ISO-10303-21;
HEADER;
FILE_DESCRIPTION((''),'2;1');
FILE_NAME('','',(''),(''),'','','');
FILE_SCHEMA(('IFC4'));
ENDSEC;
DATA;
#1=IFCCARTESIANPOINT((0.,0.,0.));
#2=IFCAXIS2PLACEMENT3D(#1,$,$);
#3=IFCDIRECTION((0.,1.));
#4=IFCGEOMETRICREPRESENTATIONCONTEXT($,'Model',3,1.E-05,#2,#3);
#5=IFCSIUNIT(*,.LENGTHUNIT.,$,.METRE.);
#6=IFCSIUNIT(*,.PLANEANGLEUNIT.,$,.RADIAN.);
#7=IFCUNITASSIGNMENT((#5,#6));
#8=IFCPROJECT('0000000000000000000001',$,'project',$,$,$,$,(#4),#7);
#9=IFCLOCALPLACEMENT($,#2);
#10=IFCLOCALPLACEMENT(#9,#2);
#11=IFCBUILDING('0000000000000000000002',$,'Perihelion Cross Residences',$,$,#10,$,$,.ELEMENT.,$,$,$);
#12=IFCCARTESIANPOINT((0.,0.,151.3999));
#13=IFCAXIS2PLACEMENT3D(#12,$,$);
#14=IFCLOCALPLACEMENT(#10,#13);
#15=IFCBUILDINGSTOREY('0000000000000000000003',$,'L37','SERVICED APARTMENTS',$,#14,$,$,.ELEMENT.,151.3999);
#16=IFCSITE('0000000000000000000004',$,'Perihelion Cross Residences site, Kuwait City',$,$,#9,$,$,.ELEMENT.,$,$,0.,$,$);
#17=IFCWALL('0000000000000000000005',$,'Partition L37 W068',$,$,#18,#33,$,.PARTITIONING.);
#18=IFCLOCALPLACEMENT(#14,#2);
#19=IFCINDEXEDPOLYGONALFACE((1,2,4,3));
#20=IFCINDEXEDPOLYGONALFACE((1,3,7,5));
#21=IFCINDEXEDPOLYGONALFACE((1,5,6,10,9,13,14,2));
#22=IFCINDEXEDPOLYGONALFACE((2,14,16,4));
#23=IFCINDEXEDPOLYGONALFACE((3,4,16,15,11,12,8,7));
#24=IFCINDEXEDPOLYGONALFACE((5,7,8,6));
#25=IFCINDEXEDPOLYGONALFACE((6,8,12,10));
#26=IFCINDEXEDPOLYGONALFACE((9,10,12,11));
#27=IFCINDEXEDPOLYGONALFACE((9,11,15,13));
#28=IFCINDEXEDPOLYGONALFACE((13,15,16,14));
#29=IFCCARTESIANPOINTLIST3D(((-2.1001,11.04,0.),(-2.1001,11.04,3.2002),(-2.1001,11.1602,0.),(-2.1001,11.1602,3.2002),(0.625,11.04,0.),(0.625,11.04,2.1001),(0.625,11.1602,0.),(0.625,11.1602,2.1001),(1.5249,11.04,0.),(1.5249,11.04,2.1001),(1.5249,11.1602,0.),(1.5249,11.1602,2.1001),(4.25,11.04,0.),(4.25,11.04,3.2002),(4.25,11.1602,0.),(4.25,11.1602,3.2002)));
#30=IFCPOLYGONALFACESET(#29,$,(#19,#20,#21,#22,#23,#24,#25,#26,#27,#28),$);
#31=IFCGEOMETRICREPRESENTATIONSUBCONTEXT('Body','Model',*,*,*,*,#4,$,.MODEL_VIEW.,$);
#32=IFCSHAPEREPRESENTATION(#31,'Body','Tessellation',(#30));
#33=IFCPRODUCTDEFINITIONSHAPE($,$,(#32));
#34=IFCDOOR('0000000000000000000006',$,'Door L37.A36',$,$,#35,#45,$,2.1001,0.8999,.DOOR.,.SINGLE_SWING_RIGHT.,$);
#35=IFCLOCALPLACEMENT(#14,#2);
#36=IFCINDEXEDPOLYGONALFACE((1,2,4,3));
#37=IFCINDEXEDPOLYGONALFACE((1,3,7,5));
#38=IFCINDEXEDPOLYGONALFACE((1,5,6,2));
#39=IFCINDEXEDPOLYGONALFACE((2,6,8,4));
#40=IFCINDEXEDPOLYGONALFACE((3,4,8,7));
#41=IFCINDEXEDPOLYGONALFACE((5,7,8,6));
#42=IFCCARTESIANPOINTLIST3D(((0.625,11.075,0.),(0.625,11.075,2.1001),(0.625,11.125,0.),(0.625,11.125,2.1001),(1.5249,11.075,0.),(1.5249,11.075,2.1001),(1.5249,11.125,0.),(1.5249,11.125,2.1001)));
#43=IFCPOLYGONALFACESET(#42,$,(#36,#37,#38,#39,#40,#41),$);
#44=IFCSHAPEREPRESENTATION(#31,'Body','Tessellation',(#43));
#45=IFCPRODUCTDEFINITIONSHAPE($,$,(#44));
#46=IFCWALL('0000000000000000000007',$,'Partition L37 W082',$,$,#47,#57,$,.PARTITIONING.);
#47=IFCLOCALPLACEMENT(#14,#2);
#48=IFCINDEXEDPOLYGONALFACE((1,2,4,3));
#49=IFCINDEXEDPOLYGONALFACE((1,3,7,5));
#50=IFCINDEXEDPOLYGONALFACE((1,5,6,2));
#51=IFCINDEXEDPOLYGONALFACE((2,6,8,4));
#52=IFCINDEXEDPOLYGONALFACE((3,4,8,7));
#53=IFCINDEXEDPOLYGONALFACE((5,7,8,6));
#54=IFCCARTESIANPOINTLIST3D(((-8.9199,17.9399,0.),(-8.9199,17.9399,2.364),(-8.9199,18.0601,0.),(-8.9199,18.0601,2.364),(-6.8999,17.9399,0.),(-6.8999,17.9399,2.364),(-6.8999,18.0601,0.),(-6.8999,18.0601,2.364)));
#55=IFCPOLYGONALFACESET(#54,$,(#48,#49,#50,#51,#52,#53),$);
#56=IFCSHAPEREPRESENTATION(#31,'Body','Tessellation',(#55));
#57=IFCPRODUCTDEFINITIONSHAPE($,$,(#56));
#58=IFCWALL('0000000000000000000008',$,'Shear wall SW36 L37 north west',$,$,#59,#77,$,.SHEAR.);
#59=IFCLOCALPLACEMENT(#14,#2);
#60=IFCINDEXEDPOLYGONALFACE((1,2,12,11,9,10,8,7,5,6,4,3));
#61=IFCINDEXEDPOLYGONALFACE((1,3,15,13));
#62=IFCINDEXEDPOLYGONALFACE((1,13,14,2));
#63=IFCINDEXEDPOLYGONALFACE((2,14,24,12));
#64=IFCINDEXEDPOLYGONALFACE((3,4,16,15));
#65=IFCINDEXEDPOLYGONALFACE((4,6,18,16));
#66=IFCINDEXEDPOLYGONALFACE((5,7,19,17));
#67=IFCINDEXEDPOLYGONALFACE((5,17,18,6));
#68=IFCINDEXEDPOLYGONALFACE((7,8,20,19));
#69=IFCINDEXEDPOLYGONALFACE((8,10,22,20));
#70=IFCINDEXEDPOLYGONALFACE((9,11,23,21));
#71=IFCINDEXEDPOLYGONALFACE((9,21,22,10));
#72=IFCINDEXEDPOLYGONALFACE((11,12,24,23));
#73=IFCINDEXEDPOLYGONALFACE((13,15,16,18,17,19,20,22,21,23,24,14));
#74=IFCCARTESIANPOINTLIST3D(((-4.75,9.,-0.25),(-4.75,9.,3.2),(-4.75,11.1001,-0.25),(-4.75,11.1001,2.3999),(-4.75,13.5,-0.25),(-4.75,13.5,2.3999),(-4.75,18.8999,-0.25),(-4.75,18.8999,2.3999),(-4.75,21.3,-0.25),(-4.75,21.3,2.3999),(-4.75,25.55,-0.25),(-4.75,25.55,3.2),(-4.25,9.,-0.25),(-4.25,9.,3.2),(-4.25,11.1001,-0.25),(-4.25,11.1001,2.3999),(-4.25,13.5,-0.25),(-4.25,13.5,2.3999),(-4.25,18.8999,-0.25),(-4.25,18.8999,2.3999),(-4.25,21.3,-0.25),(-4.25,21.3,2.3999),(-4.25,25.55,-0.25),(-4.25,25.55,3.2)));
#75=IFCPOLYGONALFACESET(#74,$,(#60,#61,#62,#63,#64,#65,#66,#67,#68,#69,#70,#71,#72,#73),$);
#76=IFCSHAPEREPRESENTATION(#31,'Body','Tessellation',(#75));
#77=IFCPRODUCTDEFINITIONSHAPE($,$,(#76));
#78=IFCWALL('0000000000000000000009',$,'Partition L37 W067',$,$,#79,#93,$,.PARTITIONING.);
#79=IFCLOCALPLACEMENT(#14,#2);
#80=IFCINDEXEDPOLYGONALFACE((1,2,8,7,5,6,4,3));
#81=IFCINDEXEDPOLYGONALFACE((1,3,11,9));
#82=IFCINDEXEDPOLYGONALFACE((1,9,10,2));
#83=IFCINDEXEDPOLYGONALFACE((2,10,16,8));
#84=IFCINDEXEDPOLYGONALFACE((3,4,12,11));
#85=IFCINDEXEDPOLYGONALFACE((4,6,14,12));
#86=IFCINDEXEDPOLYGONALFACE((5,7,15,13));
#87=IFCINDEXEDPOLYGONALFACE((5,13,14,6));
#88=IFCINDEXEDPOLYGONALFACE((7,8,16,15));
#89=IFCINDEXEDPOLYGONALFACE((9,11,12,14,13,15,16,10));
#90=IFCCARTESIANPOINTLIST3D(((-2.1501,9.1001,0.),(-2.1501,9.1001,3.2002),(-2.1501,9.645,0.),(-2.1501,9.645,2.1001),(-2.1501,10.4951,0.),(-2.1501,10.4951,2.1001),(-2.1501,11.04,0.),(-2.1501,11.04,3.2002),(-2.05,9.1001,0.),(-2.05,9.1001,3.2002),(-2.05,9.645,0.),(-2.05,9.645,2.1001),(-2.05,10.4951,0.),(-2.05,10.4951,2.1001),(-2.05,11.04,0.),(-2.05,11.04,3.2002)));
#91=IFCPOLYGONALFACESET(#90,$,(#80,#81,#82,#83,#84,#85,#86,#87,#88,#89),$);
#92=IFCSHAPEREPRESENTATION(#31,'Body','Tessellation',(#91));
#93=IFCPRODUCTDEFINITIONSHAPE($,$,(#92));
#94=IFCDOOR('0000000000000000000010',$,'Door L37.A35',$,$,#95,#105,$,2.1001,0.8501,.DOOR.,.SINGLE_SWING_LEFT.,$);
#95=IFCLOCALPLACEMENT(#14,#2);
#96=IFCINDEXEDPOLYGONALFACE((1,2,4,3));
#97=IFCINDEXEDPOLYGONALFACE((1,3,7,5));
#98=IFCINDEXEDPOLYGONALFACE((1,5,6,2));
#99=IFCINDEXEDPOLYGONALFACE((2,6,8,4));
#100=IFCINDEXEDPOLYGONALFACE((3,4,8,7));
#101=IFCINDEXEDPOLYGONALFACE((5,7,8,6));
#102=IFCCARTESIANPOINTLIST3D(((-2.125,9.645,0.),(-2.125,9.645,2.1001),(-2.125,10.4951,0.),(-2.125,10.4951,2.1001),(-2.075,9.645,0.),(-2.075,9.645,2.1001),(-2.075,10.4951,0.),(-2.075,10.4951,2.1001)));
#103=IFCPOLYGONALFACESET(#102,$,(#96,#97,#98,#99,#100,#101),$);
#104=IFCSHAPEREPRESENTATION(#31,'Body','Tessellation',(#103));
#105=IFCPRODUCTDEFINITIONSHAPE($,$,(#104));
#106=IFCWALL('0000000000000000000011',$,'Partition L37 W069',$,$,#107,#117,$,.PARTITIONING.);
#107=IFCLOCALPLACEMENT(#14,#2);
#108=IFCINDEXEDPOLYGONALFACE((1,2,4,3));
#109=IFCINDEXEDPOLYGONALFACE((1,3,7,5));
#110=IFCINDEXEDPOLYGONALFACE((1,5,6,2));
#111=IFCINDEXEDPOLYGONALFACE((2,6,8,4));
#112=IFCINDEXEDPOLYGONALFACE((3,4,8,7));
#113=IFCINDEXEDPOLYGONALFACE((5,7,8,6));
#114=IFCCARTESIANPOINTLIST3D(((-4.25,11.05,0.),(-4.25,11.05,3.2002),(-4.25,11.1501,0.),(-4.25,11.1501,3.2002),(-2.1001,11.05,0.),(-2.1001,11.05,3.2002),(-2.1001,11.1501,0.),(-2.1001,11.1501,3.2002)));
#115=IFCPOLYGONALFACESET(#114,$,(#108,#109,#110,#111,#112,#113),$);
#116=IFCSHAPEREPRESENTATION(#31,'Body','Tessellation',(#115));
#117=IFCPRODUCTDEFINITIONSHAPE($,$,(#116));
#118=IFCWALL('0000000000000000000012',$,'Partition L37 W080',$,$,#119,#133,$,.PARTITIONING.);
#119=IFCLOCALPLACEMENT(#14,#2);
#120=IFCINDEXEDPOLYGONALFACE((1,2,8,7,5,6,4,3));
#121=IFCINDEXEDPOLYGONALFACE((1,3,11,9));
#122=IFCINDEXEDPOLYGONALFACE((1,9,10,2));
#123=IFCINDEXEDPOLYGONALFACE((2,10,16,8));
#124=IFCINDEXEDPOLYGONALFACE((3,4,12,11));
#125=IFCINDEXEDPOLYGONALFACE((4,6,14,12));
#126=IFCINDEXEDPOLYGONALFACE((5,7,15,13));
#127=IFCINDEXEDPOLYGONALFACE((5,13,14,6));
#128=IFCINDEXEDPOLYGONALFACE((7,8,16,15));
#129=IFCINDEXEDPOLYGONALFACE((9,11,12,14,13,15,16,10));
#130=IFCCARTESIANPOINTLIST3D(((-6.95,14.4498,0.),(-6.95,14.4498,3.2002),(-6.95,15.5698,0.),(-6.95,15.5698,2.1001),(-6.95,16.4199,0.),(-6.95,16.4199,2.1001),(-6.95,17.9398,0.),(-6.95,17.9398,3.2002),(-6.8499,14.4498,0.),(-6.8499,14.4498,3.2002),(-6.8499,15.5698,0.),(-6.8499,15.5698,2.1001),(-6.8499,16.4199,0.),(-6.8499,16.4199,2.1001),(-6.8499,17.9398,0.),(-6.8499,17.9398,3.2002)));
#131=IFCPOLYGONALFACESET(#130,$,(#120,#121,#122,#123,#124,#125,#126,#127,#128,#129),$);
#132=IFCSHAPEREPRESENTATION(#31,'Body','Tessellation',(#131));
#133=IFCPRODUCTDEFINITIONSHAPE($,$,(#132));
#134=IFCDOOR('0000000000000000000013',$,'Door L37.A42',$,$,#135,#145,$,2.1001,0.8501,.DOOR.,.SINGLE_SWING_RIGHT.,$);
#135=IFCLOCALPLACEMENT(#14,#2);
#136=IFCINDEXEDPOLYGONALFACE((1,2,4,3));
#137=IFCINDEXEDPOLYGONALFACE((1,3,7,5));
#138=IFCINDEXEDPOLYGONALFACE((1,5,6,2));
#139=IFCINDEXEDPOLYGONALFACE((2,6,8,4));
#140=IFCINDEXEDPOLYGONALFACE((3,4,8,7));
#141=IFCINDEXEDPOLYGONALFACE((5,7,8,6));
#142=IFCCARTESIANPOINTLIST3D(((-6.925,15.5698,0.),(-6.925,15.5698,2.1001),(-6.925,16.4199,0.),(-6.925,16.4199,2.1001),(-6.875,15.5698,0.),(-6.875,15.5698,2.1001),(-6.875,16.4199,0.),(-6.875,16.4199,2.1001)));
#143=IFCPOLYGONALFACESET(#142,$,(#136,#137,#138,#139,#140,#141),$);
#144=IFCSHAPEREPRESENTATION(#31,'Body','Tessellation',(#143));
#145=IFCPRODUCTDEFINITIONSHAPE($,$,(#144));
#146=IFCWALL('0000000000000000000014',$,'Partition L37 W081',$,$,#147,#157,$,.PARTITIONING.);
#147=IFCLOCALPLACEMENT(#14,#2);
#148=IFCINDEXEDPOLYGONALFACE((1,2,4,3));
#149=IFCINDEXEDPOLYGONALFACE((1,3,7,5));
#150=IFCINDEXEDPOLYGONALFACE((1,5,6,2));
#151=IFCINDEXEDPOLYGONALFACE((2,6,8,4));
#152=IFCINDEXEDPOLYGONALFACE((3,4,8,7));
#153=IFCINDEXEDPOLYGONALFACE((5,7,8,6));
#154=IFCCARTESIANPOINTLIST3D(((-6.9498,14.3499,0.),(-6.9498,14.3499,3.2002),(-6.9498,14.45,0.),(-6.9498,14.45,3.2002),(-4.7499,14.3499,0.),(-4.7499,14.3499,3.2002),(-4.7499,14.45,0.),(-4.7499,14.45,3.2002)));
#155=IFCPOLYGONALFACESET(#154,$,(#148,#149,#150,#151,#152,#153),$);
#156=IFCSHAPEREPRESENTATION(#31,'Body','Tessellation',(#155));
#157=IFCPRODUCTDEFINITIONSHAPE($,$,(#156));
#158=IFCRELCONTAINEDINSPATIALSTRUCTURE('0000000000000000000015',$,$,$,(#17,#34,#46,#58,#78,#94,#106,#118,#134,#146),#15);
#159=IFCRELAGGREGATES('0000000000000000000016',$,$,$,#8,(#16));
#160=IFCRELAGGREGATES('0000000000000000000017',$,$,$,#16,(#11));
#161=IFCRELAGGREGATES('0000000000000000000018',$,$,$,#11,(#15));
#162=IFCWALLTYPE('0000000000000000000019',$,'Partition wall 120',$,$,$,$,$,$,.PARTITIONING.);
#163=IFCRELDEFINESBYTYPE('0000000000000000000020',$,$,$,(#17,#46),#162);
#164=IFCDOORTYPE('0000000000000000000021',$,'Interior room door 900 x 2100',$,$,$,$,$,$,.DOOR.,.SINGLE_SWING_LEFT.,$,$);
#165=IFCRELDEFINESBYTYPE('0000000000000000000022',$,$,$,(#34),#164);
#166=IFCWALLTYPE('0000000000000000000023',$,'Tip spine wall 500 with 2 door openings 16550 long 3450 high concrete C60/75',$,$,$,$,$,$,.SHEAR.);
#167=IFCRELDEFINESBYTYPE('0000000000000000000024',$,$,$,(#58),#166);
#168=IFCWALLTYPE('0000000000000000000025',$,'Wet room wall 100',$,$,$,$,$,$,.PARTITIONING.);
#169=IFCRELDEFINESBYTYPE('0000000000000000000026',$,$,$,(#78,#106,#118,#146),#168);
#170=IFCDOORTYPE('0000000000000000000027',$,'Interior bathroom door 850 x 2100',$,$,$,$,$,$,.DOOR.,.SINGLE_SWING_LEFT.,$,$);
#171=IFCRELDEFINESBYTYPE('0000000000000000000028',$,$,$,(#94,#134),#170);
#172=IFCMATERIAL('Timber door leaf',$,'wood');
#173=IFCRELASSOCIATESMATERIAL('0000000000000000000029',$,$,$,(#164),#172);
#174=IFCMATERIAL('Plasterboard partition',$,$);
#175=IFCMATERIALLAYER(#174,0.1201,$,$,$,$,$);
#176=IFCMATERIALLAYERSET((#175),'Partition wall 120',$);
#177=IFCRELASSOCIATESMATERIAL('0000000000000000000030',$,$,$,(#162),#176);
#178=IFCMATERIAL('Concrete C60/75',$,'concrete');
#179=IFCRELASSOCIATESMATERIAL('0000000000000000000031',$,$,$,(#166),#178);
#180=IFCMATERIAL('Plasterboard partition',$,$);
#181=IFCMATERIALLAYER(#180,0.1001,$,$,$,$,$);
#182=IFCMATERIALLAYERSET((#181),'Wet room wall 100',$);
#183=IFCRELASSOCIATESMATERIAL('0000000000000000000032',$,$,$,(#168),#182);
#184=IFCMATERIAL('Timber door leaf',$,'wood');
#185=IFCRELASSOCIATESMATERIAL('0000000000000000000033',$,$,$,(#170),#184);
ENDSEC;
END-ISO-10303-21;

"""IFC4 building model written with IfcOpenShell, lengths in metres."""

from ifc_helpers import new_model, si_unit, direction, frame, frame_2d, origin, place, context, subcontext, project, spatial, polyline, rectangle, outline, extrude, material, layer, layer_set, material_profile, profile_set, type_object, element, fill, save


model = new_model("IFC4")

# Units and contexts
model_context = context("Model", 3, precision=1e-05, world=origin(), true_north=direction((0.0, 1.0)))
body_context = subcontext(model_context, "Body", "Model", "MODEL_VIEW")
ifc_project = project(units=[si_unit("LENGTHUNIT", "METRE"), si_unit("PLANEANGLEUNIT", "RADIAN")], contexts=[model_context])

# Site, building, storey
site_placement = place(None, origin())
site = spatial("IfcSite", under=ifc_project, at=site_placement, Name="Perihelion Cross Residences site, Kuwait City", CompositionType="ELEMENT", RefElevation=0.0)
building_placement = place(site_placement, origin())
building = spatial("IfcBuilding", under=site, at=building_placement, Name="Perihelion Cross Residences", CompositionType="ELEMENT")
storey_placement = place(building_placement, frame((0.0, 0.0, 151.3999)))
storey = spatial("IfcBuildingStorey", under=building, at=storey_placement, Name="L37", Description="SERVICED APARTMENTS", CompositionType="ELEMENT", Elevation=151.3999)

# Shared definitions
ifc_material_1 = material(Name="Timber door leaf", Category="wood")
door_type_1 = type_object("IfcDoorType", Name="Interior room door 900 x 2100", OperationType="SINGLE_SWING_LEFT", PredefinedType="DOOR", material=ifc_material_1)

# Shared definitions
ifc_material_2 = material(Name="Plasterboard partition")
ifc_layer_1 = layer(ifc_material_2, 0.1201)
ifc_layer_set_1 = layer_set([ifc_layer_1], Name="Partition wall 120")
wall_type_1 = type_object("IfcWallType", Name="Partition wall 120", PredefinedType="PARTITIONING", material=ifc_layer_set_1)

# Wall, opening, door
wall_1_placement = place(storey_placement, frame((-2.1001, 11.1001, 0.0), z_axis=(0.0, 0.0, 1.0), x_axis=(1.0, 0.0, 0.0)))
wall_1 = element("IfcWall", 1, at=wall_1_placement, inside=storey, type_object=wall_type_1, Name="Partition L37 W068", PredefinedType="PARTITIONING", context=body_context, shape_type="SweptSolid", body=[
    extrude(rectangle(XDim=6.3501, YDim=0.1201, at=frame_2d((3.175, 0.0))), origin(), (0.0, 0.0, 1.0), 3.2002),
])
opening_1_placement = place(wall_1_placement, frame((2.7251, 0.0, 0.0)))
opening_1 = element("IfcOpeningElement", 2, at=opening_1_placement, cuts=wall_1, PredefinedType="OPENING", context=body_context, shape_type="SweptSolid", body=[
    extrude(rectangle(XDim=0.8999, YDim=2.1001, at=frame_2d((0.45, 1.05))), frame((0.0, 0.0701, 0.0), z_axis=(0.0, -1.0, 0.0), x_axis=(1.0, 0.0, 0.0)), (0.0, 0.0, 1.0), 0.1401),
])
door_1_placement = place(opening_1_placement, origin())
door_1 = element("IfcDoor", 3, at=door_1_placement, inside=storey, type_object=door_type_1, Name="Door L37.A36", OperationType="SINGLE_SWING_RIGHT", OverallHeight=2.1001, OverallWidth=0.8999, PredefinedType="DOOR", context=body_context, shape_type="SweptSolid", body=[
    extrude(rectangle(XDim=0.8999, YDim=2.1001, at=frame_2d((0.45, 1.05))), frame((0.0, 0.0249, 0.0), z_axis=(0.0, -1.0, 0.0), x_axis=(1.0, 0.0, 0.0)), (0.0, 0.0, 1.0), 0.05),
])
fill(opening_1, door_1)

# Walls
wall_2_placement = place(storey_placement, frame((-8.9199, 18.0, 0.0), z_axis=(0.0, 0.0, 1.0), x_axis=(1.0, 0.0, 0.0)))
element("IfcWall", 4, at=wall_2_placement, inside=storey, type_object=wall_type_1, Name="Partition L37 W082", PredefinedType="PARTITIONING", context=body_context, shape_type="SweptSolid", body=[
    extrude(rectangle(XDim=2.02, YDim=0.1201, at=frame_2d((1.01, 0.0))), origin(), (0.0, 0.0, 1.0), 2.364),
])
ifc_material_3 = material(Name="Concrete C60/75", Category="concrete")
ifc_material_profile_1 = material_profile(ifc_material_3, outline(polyline([(0.0, 0.0), (2.1001, 0.0), (2.1001, 2.6499), (4.5, 2.6499), (4.5, 0.0), (9.8999, 0.0), (9.8999, 2.6499), (12.3, 2.6499), (12.3, 0.0), (16.55, 0.0), (16.55, 3.45), (0.0, 3.45), (0.0, 0.0)])), Name="Tip spine wall")
ifc_profile_set_1 = profile_set([ifc_material_profile_1], Name="Concrete C60/75")
wall_type_2 = type_object("IfcWallType", Name="Tip spine wall 500 with 2 door openings 16550 long 3450 high concrete C60/75", PredefinedType="SHEAR", material=ifc_profile_set_1)
wall_3_placement = place(storey_placement, frame((-4.75, 9.0, -0.25), z_axis=(1.0, 0.0, 0.0), x_axis=(0.0, 1.0, 0.0)))
element("IfcWall", 5, at=wall_3_placement, inside=storey, type_object=wall_type_2, Name="Shear wall SW36 L37 north west", PredefinedType="SHEAR", context=body_context, shape_type="SweptSolid", body=[
    extrude(outline(polyline([(0.0, 0.0), (2.1001, 0.0), (2.1001, 2.6499), (4.5, 2.6499), (4.5, 0.0), (9.8999, 0.0), (9.8999, 2.6499), (12.3, 2.6499), (12.3, 0.0), (16.55, 0.0), (16.55, 3.45), (0.0, 3.45), (0.0, 0.0)])), origin(), (0.0, 0.0, 1.0), 0.5),
])

# Wall, opening, door
ifc_material_4 = material(Name="Plasterboard partition")
ifc_layer_2 = layer(ifc_material_4, 0.1001)
ifc_layer_set_2 = layer_set([ifc_layer_2], Name="Wet room wall 100")
wall_type_3 = type_object("IfcWallType", Name="Wet room wall 100", PredefinedType="PARTITIONING", material=ifc_layer_set_2)
wall_4_placement = place(storey_placement, frame((-2.1001, 9.1001, 0.0), z_axis=(0.0, 0.0, 1.0), x_axis=(0.0, 1.0, 0.0)))
wall_4 = element("IfcWall", 6, at=wall_4_placement, inside=storey, type_object=wall_type_3, Name="Partition L37 W067", PredefinedType="PARTITIONING", context=body_context, shape_type="SweptSolid", body=[
    extrude(rectangle(XDim=1.9399, YDim=0.1001, at=frame_2d((0.97, 0.0))), origin(), (0.0, 0.0, 1.0), 3.2002),
])
opening_2_placement = place(wall_4_placement, frame((0.5449, 0.0, 0.0)))
opening_2 = element("IfcOpeningElement", 7, at=opening_2_placement, cuts=wall_4, PredefinedType="OPENING", context=body_context, shape_type="SweptSolid", body=[
    extrude(rectangle(XDim=0.8501, YDim=2.1001, at=frame_2d((0.425, 1.05))), frame((0.0, 0.0601, 0.0), z_axis=(0.0, -1.0, 0.0), x_axis=(1.0, 0.0, 0.0)), (0.0, 0.0, 1.0), 0.1201),
])
ifc_material_5 = material(Name="Timber door leaf", Category="wood")
door_type_2 = type_object("IfcDoorType", Name="Interior bathroom door 850 x 2100", OperationType="SINGLE_SWING_LEFT", PredefinedType="DOOR", material=ifc_material_5)
door_2_placement = place(opening_2_placement, origin())
door_2 = element("IfcDoor", 8, at=door_2_placement, inside=storey, type_object=door_type_2, Name="Door L37.A35", OperationType="SINGLE_SWING_LEFT", OverallHeight=2.1001, OverallWidth=0.8501, PredefinedType="DOOR", context=body_context, shape_type="SweptSolid", body=[
    extrude(rectangle(XDim=0.8501, YDim=2.1001, at=frame_2d((0.425, 1.05))), frame((0.0, 0.0249, 0.0), z_axis=(0.0, -1.0, 0.0), x_axis=(1.0, 0.0, 0.0)), (0.0, 0.0, 1.0), 0.05),
])
fill(opening_2, door_2)

# Wall
wall_5_placement = place(storey_placement, frame((-4.25, 11.1001, 0.0), z_axis=(0.0, 0.0, 1.0), x_axis=(1.0, 0.0, 0.0)))
element("IfcWall", 9, at=wall_5_placement, inside=storey, type_object=wall_type_3, Name="Partition L37 W069", PredefinedType="PARTITIONING", context=body_context, shape_type="SweptSolid", body=[
    extrude(rectangle(XDim=2.1499, YDim=0.1001, at=frame_2d((1.075, 0.0))), origin(), (0.0, 0.0, 1.0), 3.2002),
])

# Wall, opening, door
wall_6_placement = place(storey_placement, frame((-6.8999, 17.9399, 0.0), z_axis=(0.0, 0.0, 1.0), x_axis=(0.0, -1.0, 0.0)))
wall_6 = element("IfcWall", 10, at=wall_6_placement, inside=storey, type_object=wall_type_3, Name="Partition L37 W080", PredefinedType="PARTITIONING", context=body_context, shape_type="SweptSolid", body=[
    extrude(rectangle(XDim=3.49, YDim=0.1001, at=frame_2d((1.7451, 0.0))), origin(), (0.0, 0.0, 1.0), 3.2002),
])
opening_3_placement = place(wall_6_placement, frame((1.52, 0.0, 0.0)))
opening_3 = element("IfcOpeningElement", 11, at=opening_3_placement, cuts=wall_6, PredefinedType="OPENING", context=body_context, shape_type="SweptSolid", body=[
    extrude(rectangle(XDim=0.8501, YDim=2.1001, at=frame_2d((0.425, 1.05))), frame((0.0, 0.0601, 0.0), z_axis=(0.0, -1.0, 0.0), x_axis=(1.0, 0.0, 0.0)), (0.0, 0.0, 1.0), 0.1201),
])
door_3_placement = place(opening_3_placement, origin())
door_3 = element("IfcDoor", 12, at=door_3_placement, inside=storey, type_object=door_type_2, Name="Door L37.A42", OperationType="SINGLE_SWING_RIGHT", OverallHeight=2.1001, OverallWidth=0.8501, PredefinedType="DOOR", context=body_context, shape_type="SweptSolid", body=[
    extrude(rectangle(XDim=0.8501, YDim=2.1001, at=frame_2d((0.425, 1.05))), frame((0.0, 0.0249, 0.0), z_axis=(0.0, -1.0, 0.0), x_axis=(1.0, 0.0, 0.0)), (0.0, 0.0, 1.0), 0.05),
])
fill(opening_3, door_3)

# Wall
wall_7_placement = place(storey_placement, frame((-6.95, 14.3999, 0.0), z_axis=(0.0, 0.0, 1.0), x_axis=(1.0, 0.0, 0.0)))
element("IfcWall", 13, at=wall_7_placement, inside=storey, type_object=wall_type_3, Name="Partition L37 W081", PredefinedType="PARTITIONING", context=body_context, shape_type="SweptSolid", body=[
    extrude(rectangle(XDim=2.2, YDim=0.1001, at=frame_2d((1.1001, 0.0))), origin(), (0.0, 0.0, 1.0), 3.2002),
])

save(model, "model.ifc")
